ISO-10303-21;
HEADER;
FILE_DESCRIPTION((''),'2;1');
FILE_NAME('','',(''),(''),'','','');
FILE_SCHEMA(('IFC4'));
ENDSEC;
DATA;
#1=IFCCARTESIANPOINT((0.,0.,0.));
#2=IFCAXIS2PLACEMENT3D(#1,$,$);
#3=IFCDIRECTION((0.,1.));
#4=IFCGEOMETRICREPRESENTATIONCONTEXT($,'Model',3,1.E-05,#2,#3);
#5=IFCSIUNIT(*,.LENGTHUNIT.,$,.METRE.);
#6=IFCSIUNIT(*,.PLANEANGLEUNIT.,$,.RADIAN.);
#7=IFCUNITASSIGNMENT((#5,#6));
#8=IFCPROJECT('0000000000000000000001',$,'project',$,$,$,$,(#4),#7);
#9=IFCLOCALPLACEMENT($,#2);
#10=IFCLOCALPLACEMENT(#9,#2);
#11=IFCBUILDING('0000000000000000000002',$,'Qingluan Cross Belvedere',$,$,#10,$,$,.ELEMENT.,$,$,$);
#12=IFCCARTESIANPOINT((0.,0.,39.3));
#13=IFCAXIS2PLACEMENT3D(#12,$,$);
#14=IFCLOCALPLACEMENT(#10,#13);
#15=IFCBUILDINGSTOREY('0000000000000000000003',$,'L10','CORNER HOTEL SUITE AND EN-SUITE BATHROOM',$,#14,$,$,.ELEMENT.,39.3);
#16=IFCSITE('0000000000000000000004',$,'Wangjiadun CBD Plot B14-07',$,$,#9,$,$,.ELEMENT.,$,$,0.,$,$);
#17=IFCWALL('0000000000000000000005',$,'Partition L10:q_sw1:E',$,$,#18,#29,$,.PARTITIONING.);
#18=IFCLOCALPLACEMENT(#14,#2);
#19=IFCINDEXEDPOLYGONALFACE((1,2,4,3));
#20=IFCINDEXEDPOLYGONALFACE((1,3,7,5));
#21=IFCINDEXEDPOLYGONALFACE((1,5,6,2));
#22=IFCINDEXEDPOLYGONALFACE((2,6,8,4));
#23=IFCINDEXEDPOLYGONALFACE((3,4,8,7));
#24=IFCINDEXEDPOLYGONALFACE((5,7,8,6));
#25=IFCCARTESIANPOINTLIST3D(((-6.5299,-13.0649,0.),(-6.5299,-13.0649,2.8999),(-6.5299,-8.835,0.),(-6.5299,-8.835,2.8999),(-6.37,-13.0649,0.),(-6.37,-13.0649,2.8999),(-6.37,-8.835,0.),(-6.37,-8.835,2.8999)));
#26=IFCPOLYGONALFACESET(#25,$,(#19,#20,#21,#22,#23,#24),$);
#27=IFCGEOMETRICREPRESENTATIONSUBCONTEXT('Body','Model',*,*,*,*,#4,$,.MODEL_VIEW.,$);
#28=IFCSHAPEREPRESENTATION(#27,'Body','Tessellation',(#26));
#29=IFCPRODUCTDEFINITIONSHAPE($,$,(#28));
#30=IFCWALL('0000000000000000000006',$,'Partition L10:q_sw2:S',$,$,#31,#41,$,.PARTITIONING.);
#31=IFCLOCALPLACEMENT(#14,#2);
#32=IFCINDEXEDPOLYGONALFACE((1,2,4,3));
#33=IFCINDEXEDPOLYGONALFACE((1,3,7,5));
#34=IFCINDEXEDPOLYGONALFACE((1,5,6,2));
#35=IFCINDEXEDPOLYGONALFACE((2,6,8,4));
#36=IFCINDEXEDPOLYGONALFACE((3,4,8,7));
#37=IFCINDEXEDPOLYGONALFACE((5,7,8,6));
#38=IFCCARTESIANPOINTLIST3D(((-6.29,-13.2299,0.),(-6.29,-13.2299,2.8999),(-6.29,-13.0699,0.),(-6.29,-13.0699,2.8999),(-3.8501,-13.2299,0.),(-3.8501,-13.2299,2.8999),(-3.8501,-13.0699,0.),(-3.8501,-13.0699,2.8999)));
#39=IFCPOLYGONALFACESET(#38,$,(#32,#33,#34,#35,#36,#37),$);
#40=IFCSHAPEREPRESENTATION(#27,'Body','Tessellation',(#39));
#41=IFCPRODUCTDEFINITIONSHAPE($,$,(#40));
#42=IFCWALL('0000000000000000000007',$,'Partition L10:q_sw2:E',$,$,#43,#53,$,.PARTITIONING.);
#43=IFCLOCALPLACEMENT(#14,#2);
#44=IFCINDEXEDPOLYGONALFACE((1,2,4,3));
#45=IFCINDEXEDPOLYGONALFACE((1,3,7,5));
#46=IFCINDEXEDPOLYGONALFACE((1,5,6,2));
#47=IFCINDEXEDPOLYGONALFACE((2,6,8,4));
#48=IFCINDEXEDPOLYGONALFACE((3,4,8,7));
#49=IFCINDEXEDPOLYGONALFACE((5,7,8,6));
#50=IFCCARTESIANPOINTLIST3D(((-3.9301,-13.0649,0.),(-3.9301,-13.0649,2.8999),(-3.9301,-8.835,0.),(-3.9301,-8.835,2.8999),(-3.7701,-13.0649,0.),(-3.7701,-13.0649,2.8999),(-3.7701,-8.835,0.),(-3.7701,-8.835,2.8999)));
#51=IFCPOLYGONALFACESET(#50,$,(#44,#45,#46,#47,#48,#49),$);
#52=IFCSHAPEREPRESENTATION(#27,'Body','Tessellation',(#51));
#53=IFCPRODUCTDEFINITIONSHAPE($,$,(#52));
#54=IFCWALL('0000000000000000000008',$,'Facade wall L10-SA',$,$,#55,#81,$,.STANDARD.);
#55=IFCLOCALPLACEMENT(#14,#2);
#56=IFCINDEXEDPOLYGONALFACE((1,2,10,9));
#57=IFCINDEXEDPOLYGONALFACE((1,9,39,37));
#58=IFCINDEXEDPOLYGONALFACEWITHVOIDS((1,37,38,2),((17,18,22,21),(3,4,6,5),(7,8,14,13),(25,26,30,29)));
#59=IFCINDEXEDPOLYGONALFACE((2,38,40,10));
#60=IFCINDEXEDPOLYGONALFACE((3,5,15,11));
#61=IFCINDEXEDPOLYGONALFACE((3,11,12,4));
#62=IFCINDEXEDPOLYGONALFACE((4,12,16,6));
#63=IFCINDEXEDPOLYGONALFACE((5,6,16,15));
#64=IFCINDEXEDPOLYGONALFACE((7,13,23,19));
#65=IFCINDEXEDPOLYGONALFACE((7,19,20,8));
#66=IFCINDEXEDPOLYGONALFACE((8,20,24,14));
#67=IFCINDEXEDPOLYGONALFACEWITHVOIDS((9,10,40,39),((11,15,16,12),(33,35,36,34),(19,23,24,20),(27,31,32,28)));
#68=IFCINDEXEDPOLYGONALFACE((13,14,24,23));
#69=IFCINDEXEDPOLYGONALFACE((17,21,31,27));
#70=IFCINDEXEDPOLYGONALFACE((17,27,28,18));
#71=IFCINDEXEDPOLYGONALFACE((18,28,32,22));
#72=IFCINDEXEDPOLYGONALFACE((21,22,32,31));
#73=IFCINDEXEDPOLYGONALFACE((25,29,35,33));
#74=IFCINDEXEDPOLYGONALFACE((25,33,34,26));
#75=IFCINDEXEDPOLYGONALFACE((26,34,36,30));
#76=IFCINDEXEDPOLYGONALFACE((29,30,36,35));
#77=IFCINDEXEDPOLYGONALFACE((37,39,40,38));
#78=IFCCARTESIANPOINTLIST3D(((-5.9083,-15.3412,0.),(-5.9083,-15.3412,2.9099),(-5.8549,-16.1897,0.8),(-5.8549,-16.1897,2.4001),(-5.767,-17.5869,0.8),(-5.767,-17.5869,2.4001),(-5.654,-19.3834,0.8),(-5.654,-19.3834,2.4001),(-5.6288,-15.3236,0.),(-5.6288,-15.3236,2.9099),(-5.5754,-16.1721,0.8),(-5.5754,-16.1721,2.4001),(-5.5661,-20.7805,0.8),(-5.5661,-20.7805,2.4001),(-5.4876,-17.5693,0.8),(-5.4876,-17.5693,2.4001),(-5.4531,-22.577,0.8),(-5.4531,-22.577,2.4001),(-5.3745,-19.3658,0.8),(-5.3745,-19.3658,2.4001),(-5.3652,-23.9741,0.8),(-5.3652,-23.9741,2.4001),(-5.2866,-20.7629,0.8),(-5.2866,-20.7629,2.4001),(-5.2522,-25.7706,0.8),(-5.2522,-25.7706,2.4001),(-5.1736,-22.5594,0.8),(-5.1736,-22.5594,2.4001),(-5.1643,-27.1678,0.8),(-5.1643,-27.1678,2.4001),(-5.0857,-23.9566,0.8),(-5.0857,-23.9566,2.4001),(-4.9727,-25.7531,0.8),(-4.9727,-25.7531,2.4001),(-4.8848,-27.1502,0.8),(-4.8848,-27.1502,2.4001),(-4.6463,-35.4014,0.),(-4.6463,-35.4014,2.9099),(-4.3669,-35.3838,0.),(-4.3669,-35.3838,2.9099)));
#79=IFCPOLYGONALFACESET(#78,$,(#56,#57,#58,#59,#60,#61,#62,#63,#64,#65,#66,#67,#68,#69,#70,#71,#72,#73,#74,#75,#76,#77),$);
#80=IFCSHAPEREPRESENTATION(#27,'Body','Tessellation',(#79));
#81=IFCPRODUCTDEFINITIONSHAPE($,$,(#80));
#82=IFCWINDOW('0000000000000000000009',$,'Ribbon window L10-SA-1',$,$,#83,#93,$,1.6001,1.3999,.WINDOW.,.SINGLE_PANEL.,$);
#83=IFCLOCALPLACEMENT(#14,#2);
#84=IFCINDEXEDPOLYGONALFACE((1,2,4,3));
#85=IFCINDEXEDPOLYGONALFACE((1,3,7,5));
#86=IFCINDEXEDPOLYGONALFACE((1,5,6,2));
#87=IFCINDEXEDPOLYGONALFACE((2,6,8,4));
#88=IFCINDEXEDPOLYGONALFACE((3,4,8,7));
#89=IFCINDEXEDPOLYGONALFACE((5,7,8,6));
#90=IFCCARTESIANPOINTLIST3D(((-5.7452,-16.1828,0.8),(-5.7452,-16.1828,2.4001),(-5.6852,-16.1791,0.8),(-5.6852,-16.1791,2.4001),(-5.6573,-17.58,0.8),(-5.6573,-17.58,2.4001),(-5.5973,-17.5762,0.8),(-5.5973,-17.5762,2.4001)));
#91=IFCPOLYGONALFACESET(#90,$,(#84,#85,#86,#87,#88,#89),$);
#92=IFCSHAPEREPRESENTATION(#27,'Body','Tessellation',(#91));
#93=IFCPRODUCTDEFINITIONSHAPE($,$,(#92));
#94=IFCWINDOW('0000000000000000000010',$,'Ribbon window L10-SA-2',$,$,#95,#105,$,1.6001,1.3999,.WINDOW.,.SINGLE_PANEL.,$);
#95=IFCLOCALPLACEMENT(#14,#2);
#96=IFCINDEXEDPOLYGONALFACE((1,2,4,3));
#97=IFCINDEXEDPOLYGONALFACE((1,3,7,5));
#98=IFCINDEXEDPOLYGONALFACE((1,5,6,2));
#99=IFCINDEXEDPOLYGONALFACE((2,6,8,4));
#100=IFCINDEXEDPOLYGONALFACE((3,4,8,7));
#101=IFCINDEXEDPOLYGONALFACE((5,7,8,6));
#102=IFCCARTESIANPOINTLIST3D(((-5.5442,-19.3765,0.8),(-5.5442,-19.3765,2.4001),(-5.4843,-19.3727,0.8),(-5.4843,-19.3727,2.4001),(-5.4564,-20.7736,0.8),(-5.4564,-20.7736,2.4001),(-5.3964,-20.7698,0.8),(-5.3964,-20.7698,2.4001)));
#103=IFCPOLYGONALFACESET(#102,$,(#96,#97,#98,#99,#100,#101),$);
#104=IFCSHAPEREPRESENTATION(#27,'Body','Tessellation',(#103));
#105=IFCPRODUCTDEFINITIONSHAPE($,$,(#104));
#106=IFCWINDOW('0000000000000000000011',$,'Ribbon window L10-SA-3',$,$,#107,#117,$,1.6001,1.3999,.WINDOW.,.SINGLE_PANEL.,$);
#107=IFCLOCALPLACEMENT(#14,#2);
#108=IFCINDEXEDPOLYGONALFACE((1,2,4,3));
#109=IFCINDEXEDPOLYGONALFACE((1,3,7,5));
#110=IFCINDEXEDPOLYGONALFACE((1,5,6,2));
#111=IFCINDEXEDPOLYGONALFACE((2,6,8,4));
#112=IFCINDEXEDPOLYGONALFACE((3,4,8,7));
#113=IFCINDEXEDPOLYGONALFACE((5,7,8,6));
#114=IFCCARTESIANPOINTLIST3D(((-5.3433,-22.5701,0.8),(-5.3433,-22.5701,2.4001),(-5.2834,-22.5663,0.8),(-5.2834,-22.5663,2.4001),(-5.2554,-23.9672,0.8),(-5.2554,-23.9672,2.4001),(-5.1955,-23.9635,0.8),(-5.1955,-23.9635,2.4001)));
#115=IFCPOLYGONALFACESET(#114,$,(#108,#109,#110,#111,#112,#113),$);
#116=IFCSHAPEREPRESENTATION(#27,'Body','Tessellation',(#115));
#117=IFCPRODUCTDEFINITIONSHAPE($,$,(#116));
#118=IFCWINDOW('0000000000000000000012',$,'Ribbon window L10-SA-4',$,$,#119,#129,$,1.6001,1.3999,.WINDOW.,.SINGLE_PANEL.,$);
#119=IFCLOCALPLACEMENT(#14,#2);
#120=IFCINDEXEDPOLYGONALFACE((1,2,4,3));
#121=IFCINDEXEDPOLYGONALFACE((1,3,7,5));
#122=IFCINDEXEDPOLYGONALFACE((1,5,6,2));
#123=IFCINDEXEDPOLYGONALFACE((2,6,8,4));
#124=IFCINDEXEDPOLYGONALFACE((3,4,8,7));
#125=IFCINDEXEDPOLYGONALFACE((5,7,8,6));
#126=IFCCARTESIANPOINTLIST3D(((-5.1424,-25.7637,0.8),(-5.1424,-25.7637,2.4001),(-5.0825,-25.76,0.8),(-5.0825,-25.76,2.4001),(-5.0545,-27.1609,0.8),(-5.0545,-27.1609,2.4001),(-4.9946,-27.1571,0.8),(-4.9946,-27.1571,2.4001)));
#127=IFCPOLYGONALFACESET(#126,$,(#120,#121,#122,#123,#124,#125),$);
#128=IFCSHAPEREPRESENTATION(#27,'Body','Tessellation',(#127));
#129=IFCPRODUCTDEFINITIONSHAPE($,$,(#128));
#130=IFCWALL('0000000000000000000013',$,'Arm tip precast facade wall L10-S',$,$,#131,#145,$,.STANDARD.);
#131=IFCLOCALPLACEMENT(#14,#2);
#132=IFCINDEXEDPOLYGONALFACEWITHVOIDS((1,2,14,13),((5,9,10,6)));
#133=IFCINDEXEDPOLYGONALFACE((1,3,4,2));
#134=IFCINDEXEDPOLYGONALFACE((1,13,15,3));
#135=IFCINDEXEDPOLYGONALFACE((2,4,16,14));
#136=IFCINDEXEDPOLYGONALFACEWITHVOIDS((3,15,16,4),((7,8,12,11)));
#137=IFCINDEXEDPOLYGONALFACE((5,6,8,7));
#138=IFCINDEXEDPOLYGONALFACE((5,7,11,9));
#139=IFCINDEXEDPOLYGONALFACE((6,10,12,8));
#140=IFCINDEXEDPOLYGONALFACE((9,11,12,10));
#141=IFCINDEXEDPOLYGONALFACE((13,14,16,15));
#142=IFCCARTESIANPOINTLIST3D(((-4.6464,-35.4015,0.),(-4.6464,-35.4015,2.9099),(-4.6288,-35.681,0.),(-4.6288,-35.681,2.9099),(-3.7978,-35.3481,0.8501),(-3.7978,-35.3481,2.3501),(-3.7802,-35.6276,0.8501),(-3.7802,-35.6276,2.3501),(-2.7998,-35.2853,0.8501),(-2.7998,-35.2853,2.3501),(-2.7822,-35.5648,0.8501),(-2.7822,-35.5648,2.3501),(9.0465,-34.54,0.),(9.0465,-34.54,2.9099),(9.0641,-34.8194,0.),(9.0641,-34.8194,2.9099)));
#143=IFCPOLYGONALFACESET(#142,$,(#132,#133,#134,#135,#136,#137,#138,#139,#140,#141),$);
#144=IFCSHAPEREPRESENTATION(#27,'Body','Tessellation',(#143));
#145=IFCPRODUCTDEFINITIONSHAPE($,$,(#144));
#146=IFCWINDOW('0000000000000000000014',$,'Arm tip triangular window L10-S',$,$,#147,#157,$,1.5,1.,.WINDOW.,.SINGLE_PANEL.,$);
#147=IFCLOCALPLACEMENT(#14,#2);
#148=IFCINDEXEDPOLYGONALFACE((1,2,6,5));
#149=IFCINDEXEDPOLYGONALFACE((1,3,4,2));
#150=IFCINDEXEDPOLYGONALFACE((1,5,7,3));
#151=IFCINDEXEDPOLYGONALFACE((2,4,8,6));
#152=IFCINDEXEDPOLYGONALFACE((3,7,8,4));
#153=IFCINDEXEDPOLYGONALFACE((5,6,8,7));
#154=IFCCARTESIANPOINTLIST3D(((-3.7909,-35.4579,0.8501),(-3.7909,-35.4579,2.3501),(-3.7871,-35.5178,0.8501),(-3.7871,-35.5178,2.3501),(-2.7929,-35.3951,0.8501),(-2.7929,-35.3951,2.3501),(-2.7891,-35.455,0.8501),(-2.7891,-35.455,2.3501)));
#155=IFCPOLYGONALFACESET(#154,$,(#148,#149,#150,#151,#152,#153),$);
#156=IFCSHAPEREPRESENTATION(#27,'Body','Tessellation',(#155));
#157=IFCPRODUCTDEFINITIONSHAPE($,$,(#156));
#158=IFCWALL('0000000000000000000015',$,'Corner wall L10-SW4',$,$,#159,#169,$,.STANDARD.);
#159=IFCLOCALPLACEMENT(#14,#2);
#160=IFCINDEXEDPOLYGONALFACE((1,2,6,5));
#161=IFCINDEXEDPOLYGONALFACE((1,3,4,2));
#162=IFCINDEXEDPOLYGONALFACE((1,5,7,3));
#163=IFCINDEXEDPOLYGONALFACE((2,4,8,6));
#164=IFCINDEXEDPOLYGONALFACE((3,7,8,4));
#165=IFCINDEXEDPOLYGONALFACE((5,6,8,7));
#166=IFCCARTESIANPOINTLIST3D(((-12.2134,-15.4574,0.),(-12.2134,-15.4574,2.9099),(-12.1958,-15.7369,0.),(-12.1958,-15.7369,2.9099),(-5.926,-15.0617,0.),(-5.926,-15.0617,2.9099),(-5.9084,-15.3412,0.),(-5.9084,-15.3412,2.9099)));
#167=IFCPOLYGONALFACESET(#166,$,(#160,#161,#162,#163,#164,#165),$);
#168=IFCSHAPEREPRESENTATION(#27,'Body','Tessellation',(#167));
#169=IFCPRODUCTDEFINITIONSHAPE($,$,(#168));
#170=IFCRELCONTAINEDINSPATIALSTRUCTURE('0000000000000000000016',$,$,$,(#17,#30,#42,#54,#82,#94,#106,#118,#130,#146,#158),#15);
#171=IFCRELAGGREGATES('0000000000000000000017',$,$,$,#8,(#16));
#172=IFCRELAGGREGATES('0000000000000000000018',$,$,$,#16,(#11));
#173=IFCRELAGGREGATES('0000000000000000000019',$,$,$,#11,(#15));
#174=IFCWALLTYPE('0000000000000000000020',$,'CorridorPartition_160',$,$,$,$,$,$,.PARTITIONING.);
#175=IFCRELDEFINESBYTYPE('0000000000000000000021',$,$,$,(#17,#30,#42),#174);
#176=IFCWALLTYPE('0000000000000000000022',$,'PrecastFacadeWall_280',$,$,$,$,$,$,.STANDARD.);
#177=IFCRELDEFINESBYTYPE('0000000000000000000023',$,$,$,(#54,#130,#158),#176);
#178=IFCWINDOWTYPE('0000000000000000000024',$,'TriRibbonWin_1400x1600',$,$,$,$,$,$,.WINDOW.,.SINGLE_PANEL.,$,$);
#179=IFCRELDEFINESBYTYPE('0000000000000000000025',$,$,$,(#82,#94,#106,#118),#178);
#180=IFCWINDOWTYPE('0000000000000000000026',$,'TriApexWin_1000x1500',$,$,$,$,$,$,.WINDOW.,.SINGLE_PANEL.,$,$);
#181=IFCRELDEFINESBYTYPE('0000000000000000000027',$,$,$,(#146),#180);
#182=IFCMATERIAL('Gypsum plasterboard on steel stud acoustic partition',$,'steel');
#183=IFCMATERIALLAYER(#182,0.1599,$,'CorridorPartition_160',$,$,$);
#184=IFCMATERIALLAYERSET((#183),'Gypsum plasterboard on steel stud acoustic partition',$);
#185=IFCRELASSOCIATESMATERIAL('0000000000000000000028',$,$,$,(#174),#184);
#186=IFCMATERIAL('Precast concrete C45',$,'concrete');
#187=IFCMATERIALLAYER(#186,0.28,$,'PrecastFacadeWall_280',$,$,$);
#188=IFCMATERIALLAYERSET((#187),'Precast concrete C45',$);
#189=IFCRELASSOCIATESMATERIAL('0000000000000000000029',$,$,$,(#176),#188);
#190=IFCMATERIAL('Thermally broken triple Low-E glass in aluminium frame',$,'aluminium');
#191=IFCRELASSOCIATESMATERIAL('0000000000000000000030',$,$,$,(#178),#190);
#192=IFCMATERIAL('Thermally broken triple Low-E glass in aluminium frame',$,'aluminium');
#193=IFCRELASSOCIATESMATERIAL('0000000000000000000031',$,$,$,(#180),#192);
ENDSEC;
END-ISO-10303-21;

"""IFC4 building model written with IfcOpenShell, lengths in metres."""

from ifc_helpers import new_model, si_unit, direction, frame, frame_2d, origin, place, context, subcontext, project, spatial, rectangle, extrude, material, layer, layer_set, type_object, element, fill, save


model = new_model("IFC4")

# Units and contexts
model_context = context("Model", 3, precision=1e-05, world=origin(), true_north=direction((0.0, 1.0)))
body_context = subcontext(model_context, "Body", "Model", "MODEL_VIEW")
ifc_project = project(units=[si_unit("LENGTHUNIT", "METRE"), si_unit("PLANEANGLEUNIT", "RADIAN")], contexts=[model_context])

# Site, building, storey
site_placement = place(None, origin())
site = spatial("IfcSite", under=ifc_project, at=site_placement, Name="Wangjiadun CBD Plot B14-07", CompositionType="ELEMENT", RefElevation=0.0)
building_placement = place(site_placement, origin())
building = spatial("IfcBuilding", under=site, at=building_placement, Name="Qingluan Cross Belvedere", CompositionType="ELEMENT")
storey_placement = place(building_placement, frame((0.0, 0.0, 39.3)))
storey = spatial("IfcBuildingStorey", under=building, at=storey_placement, Name="L10", Description="CORNER HOTEL SUITE AND EN-SUITE BATHROOM", CompositionType="ELEMENT", Elevation=39.3)

# Walls
ifc_material_1 = material(Name="Gypsum plasterboard on steel stud acoustic partition", Category="steel")
ifc_layer_1 = layer(ifc_material_1, 0.1599, Name="CorridorPartition_160")
ifc_layer_set_1 = layer_set([ifc_layer_1], Name="Gypsum plasterboard on steel stud acoustic partition")
wall_type_1 = type_object("IfcWallType", Name="CorridorPartition_160", PredefinedType="PARTITIONING", material=ifc_layer_set_1)
wall_1_placement = place(storey_placement, frame((-6.45, -13.0649, 0.0), z_axis=(0.0, 0.0, 1.0), x_axis=(0.0, 1.0, 0.0)))
element("IfcWall", 1, at=wall_1_placement, inside=storey, type_object=wall_type_1, Name="Partition L10:q_sw1:E", PredefinedType="PARTITIONING", context=body_context, shape_type="SweptSolid", body=[
    extrude(rectangle(XDim=4.23, YDim=0.1599, at=frame_2d((2.115, 0.0))), origin(), (0.0, 0.0, 1.0), 2.8999),
])
wall_2_placement = place(storey_placement, frame((-6.29, -13.1499, 0.0), z_axis=(0.0, 0.0, 1.0), x_axis=(1.0, 0.0, 0.0)))
element("IfcWall", 2, at=wall_2_placement, inside=storey, type_object=wall_type_1, Name="Partition L10:q_sw2:S", PredefinedType="PARTITIONING", context=body_context, shape_type="SweptSolid", body=[
    extrude(rectangle(XDim=2.4399, YDim=0.1599, at=frame_2d((1.22, 0.0))), origin(), (0.0, 0.0, 1.0), 2.8999),
])

# Wall
wall_3_placement = place(storey_placement, frame((-3.8501, -13.0649, 0.0), z_axis=(0.0, 0.0, 1.0), x_axis=(0.0, 1.0, 0.0)))
element("IfcWall", 3, at=wall_3_placement, inside=storey, type_object=wall_type_1, Name="Partition L10:q_sw2:E", PredefinedType="PARTITIONING", context=body_context, shape_type="SweptSolid", body=[
    extrude(rectangle(XDim=4.23, YDim=0.1599, at=frame_2d((2.115, 0.0))), origin(), (0.0, 0.0, 1.0), 2.8999),
])

# Wall, openings, windows
ifc_material_2 = material(Name="Precast concrete C45", Category="concrete")
ifc_layer_2 = layer(ifc_material_2, 0.28, Name="PrecastFacadeWall_280")
ifc_layer_set_2 = layer_set([ifc_layer_2], Name="Precast concrete C45")
wall_type_2 = type_object("IfcWallType", Name="PrecastFacadeWall_280", PredefinedType="STANDARD", material=ifc_layer_set_2)
wall_4_placement = place(storey_placement, frame((-5.7686, -15.3325, 0.0), z_axis=(0.0, 0.0, 1.0), x_axis=(0.062784, -0.998027, 0.0)))
wall_4 = element("IfcWall", 4, at=wall_4_placement, inside=storey, type_object=wall_type_2, Name="Facade wall L10-SA", PredefinedType="STANDARD", context=body_context, shape_type="SweptSolid", body=[
    extrude(rectangle(XDim=20.0999, YDim=0.28, at=frame_2d((10.0498, 0.0))), origin(), (0.0, 0.0, 1.0), 2.9099),
])
opening_1_placement = place(wall_4_placement, frame((0.8501, 0.0, 0.8)))
opening_1 = element("IfcOpeningElement", 5, at=opening_1_placement, cuts=wall_4, PredefinedType="OPENING", context=body_context, shape_type="SweptSolid", body=[
    extrude(rectangle(XDim=1.3999, YDim=1.6001, at=frame_2d((0.7, 0.8))), frame((0.0, 0.1499, 0.0), z_axis=(0.0, -1.0, 0.0), x_axis=(1.0, 0.0, 0.0)), (0.0, 0.0, 1.0), 0.3),
])
opening_2_placement = place(wall_4_placement, frame((4.05, 0.0, 0.8)))
opening_2 = element("IfcOpeningElement", 6, at=opening_2_placement, cuts=wall_4, PredefinedType="OPENING", context=body_context, shape_type="SweptSolid", body=[
    extrude(rectangle(XDim=1.3999, YDim=1.6001, at=frame_2d((0.7, 0.8))), frame((0.0, 0.1499, 0.0), z_axis=(0.0, -1.0, 0.0), x_axis=(1.0, 0.0, 0.0)), (0.0, 0.0, 1.0), 0.3),
])
opening_3_placement = place(wall_4_placement, frame((7.25, 0.0, 0.8)))
opening_3 = element("IfcOpeningElement", 7, at=opening_3_placement, cuts=wall_4, PredefinedType="OPENING", context=body_context, shape_type="SweptSolid", body=[
    extrude(rectangle(XDim=1.3999, YDim=1.6001, at=frame_2d((0.7, 0.8))), frame((0.0, 0.1499, 0.0), z_axis=(0.0, -1.0, 0.0), x_axis=(1.0, 0.0, 0.0)), (0.0, 0.0, 1.0), 0.3),
])
opening_4_placement = place(wall_4_placement, frame((10.45, 0.0, 0.8)))
opening_4 = element("IfcOpeningElement", 8, at=opening_4_placement, cuts=wall_4, PredefinedType="OPENING", context=body_context, shape_type="SweptSolid", body=[
    extrude(rectangle(XDim=1.3999, YDim=1.6001, at=frame_2d((0.7, 0.8))), frame((0.0, 0.1499, 0.0), z_axis=(0.0, -1.0, 0.0), x_axis=(1.0, 0.0, 0.0)), (0.0, 0.0, 1.0), 0.3),
])
ifc_material_3 = material(Name="Thermally broken triple Low-E glass in aluminium frame", Category="aluminium")
window_type_1 = type_object("IfcWindowType", Name="TriRibbonWin_1400x1600", PartitioningType="SINGLE_PANEL", PredefinedType="WINDOW", material=ifc_material_3)
window_1_placement = place(opening_1_placement, origin())
window_1 = element("IfcWindow", 9, at=window_1_placement, inside=storey, type_object=window_type_1, Name="Ribbon window L10-SA-1", OverallHeight=1.6001, OverallWidth=1.3999, PartitioningType="SINGLE_PANEL", PredefinedType="WINDOW", context=body_context, shape_type="SweptSolid", body=[
    extrude(rectangle(XDim=1.3999, YDim=1.6001, at=frame_2d((0.7, 0.8))), frame((0.0, 0.03, 0.0), z_axis=(0.0, -1.0, 0.0), x_axis=(1.0, 0.0, 0.0)), (0.0, 0.0, 1.0), 0.0601),
])
fill(opening_1, window_1)
window_2_placement = place(opening_2_placement, origin())
window_2 = element("IfcWindow", 10, at=window_2_placement, inside=storey, type_object=window_type_1, Name="Ribbon window L10-SA-2", OverallHeight=1.6001, OverallWidth=1.3999, PartitioningType="SINGLE_PANEL", PredefinedType="WINDOW", context=body_context, shape_type="SweptSolid", body=[
    extrude(rectangle(XDim=1.3999, YDim=1.6001, at=frame_2d((0.7, 0.8))), frame((0.0, 0.03, 0.0), z_axis=(0.0, -1.0, 0.0), x_axis=(1.0, 0.0, 0.0)), (0.0, 0.0, 1.0), 0.0601),
])
fill(opening_2, window_2)
window_3_placement = place(opening_3_placement, origin())
window_3 = element("IfcWindow", 11, at=window_3_placement, inside=storey, type_object=window_type_1, Name="Ribbon window L10-SA-3", OverallHeight=1.6001, OverallWidth=1.3999, PartitioningType="SINGLE_PANEL", PredefinedType="WINDOW", context=body_context, shape_type="SweptSolid", body=[
    extrude(rectangle(XDim=1.3999, YDim=1.6001, at=frame_2d((0.7, 0.8))), frame((0.0, 0.03, 0.0), z_axis=(0.0, -1.0, 0.0), x_axis=(1.0, 0.0, 0.0)), (0.0, 0.0, 1.0), 0.0601),
])
fill(opening_3, window_3)
window_4_placement = place(opening_4_placement, origin())
window_4 = element("IfcWindow", 12, at=window_4_placement, inside=storey, type_object=window_type_1, Name="Ribbon window L10-SA-4", OverallHeight=1.6001, OverallWidth=1.3999, PartitioningType="SINGLE_PANEL", PredefinedType="WINDOW", context=body_context, shape_type="SweptSolid", body=[
    extrude(rectangle(XDim=1.3999, YDim=1.6001, at=frame_2d((0.7, 0.8))), frame((0.0, 0.03, 0.0), z_axis=(0.0, -1.0, 0.0), x_axis=(1.0, 0.0, 0.0)), (0.0, 0.0, 1.0), 0.0601),
])
fill(opening_4, window_4)

# Wall, opening, window
wall_5_placement = place(storey_placement, frame((-4.6375, -35.5413, 0.0), z_axis=(0.0, 0.0, 1.0), x_axis=(0.998026, 0.062797, 0.0)))
wall_5 = element("IfcWall", 13, at=wall_5_placement, inside=storey, type_object=wall_type_2, Name="Arm tip precast facade wall L10-S", PredefinedType="STANDARD", context=body_context, shape_type="SweptSolid", body=[
    extrude(rectangle(XDim=13.72, YDim=0.28, at=frame_2d((6.8599, 0.0))), origin(), (0.0, 0.0, 1.0), 2.9099),
])
opening_5_placement = place(wall_5_placement, frame((0.8501, 0.0, 0.8501)))
opening_5 = element("IfcOpeningElement", 14, at=opening_5_placement, cuts=wall_5, PredefinedType="OPENING", context=body_context, shape_type="SweptSolid", body=[
    extrude(rectangle(XDim=1.0, YDim=1.5, at=frame_2d((0.5, 0.75))), frame((0.0, 0.1499, 0.0), z_axis=(0.0, -1.0, 0.0), x_axis=(1.0, 0.0, 0.0)), (0.0, 0.0, 1.0), 0.3),
])
ifc_material_4 = material(Name="Thermally broken triple Low-E glass in aluminium frame", Category="aluminium")
window_type_2 = type_object("IfcWindowType", Name="TriApexWin_1000x1500", PartitioningType="SINGLE_PANEL", PredefinedType="WINDOW", material=ifc_material_4)
window_5_placement = place(opening_5_placement, origin())
window_5 = element("IfcWindow", 15, at=window_5_placement, inside=storey, type_object=window_type_2, Name="Arm tip triangular window L10-S", OverallHeight=1.5, OverallWidth=1.0, PartitioningType="SINGLE_PANEL", PredefinedType="WINDOW", context=body_context, shape_type="SweptSolid", body=[
    extrude(rectangle(XDim=1.0, YDim=1.5, at=frame_2d((0.5, 0.75))), frame((0.0, 0.03, 0.0), z_axis=(0.0, -1.0, 0.0), x_axis=(1.0, 0.0, 0.0)), (0.0, 0.0, 1.0), 0.0601),
])
fill(opening_5, window_5)

# Wall
wall_6_placement = place(storey_placement, frame((-12.2046, -15.5972, 0.0), z_axis=(0.0, 0.0, 1.0), x_axis=(0.998025, 0.06282, 0.0)))
element("IfcWall", 16, at=wall_6_placement, inside=storey, type_object=wall_type_2, Name="Corner wall L10-SW4", PredefinedType="STANDARD", context=body_context, shape_type="SweptSolid", body=[
    extrude(rectangle(XDim=6.2998, YDim=0.28, at=frame_2d((3.1499, 0.0))), origin(), (0.0, 0.0, 1.0), 2.9099),
])

save(model, "model.ifc")
